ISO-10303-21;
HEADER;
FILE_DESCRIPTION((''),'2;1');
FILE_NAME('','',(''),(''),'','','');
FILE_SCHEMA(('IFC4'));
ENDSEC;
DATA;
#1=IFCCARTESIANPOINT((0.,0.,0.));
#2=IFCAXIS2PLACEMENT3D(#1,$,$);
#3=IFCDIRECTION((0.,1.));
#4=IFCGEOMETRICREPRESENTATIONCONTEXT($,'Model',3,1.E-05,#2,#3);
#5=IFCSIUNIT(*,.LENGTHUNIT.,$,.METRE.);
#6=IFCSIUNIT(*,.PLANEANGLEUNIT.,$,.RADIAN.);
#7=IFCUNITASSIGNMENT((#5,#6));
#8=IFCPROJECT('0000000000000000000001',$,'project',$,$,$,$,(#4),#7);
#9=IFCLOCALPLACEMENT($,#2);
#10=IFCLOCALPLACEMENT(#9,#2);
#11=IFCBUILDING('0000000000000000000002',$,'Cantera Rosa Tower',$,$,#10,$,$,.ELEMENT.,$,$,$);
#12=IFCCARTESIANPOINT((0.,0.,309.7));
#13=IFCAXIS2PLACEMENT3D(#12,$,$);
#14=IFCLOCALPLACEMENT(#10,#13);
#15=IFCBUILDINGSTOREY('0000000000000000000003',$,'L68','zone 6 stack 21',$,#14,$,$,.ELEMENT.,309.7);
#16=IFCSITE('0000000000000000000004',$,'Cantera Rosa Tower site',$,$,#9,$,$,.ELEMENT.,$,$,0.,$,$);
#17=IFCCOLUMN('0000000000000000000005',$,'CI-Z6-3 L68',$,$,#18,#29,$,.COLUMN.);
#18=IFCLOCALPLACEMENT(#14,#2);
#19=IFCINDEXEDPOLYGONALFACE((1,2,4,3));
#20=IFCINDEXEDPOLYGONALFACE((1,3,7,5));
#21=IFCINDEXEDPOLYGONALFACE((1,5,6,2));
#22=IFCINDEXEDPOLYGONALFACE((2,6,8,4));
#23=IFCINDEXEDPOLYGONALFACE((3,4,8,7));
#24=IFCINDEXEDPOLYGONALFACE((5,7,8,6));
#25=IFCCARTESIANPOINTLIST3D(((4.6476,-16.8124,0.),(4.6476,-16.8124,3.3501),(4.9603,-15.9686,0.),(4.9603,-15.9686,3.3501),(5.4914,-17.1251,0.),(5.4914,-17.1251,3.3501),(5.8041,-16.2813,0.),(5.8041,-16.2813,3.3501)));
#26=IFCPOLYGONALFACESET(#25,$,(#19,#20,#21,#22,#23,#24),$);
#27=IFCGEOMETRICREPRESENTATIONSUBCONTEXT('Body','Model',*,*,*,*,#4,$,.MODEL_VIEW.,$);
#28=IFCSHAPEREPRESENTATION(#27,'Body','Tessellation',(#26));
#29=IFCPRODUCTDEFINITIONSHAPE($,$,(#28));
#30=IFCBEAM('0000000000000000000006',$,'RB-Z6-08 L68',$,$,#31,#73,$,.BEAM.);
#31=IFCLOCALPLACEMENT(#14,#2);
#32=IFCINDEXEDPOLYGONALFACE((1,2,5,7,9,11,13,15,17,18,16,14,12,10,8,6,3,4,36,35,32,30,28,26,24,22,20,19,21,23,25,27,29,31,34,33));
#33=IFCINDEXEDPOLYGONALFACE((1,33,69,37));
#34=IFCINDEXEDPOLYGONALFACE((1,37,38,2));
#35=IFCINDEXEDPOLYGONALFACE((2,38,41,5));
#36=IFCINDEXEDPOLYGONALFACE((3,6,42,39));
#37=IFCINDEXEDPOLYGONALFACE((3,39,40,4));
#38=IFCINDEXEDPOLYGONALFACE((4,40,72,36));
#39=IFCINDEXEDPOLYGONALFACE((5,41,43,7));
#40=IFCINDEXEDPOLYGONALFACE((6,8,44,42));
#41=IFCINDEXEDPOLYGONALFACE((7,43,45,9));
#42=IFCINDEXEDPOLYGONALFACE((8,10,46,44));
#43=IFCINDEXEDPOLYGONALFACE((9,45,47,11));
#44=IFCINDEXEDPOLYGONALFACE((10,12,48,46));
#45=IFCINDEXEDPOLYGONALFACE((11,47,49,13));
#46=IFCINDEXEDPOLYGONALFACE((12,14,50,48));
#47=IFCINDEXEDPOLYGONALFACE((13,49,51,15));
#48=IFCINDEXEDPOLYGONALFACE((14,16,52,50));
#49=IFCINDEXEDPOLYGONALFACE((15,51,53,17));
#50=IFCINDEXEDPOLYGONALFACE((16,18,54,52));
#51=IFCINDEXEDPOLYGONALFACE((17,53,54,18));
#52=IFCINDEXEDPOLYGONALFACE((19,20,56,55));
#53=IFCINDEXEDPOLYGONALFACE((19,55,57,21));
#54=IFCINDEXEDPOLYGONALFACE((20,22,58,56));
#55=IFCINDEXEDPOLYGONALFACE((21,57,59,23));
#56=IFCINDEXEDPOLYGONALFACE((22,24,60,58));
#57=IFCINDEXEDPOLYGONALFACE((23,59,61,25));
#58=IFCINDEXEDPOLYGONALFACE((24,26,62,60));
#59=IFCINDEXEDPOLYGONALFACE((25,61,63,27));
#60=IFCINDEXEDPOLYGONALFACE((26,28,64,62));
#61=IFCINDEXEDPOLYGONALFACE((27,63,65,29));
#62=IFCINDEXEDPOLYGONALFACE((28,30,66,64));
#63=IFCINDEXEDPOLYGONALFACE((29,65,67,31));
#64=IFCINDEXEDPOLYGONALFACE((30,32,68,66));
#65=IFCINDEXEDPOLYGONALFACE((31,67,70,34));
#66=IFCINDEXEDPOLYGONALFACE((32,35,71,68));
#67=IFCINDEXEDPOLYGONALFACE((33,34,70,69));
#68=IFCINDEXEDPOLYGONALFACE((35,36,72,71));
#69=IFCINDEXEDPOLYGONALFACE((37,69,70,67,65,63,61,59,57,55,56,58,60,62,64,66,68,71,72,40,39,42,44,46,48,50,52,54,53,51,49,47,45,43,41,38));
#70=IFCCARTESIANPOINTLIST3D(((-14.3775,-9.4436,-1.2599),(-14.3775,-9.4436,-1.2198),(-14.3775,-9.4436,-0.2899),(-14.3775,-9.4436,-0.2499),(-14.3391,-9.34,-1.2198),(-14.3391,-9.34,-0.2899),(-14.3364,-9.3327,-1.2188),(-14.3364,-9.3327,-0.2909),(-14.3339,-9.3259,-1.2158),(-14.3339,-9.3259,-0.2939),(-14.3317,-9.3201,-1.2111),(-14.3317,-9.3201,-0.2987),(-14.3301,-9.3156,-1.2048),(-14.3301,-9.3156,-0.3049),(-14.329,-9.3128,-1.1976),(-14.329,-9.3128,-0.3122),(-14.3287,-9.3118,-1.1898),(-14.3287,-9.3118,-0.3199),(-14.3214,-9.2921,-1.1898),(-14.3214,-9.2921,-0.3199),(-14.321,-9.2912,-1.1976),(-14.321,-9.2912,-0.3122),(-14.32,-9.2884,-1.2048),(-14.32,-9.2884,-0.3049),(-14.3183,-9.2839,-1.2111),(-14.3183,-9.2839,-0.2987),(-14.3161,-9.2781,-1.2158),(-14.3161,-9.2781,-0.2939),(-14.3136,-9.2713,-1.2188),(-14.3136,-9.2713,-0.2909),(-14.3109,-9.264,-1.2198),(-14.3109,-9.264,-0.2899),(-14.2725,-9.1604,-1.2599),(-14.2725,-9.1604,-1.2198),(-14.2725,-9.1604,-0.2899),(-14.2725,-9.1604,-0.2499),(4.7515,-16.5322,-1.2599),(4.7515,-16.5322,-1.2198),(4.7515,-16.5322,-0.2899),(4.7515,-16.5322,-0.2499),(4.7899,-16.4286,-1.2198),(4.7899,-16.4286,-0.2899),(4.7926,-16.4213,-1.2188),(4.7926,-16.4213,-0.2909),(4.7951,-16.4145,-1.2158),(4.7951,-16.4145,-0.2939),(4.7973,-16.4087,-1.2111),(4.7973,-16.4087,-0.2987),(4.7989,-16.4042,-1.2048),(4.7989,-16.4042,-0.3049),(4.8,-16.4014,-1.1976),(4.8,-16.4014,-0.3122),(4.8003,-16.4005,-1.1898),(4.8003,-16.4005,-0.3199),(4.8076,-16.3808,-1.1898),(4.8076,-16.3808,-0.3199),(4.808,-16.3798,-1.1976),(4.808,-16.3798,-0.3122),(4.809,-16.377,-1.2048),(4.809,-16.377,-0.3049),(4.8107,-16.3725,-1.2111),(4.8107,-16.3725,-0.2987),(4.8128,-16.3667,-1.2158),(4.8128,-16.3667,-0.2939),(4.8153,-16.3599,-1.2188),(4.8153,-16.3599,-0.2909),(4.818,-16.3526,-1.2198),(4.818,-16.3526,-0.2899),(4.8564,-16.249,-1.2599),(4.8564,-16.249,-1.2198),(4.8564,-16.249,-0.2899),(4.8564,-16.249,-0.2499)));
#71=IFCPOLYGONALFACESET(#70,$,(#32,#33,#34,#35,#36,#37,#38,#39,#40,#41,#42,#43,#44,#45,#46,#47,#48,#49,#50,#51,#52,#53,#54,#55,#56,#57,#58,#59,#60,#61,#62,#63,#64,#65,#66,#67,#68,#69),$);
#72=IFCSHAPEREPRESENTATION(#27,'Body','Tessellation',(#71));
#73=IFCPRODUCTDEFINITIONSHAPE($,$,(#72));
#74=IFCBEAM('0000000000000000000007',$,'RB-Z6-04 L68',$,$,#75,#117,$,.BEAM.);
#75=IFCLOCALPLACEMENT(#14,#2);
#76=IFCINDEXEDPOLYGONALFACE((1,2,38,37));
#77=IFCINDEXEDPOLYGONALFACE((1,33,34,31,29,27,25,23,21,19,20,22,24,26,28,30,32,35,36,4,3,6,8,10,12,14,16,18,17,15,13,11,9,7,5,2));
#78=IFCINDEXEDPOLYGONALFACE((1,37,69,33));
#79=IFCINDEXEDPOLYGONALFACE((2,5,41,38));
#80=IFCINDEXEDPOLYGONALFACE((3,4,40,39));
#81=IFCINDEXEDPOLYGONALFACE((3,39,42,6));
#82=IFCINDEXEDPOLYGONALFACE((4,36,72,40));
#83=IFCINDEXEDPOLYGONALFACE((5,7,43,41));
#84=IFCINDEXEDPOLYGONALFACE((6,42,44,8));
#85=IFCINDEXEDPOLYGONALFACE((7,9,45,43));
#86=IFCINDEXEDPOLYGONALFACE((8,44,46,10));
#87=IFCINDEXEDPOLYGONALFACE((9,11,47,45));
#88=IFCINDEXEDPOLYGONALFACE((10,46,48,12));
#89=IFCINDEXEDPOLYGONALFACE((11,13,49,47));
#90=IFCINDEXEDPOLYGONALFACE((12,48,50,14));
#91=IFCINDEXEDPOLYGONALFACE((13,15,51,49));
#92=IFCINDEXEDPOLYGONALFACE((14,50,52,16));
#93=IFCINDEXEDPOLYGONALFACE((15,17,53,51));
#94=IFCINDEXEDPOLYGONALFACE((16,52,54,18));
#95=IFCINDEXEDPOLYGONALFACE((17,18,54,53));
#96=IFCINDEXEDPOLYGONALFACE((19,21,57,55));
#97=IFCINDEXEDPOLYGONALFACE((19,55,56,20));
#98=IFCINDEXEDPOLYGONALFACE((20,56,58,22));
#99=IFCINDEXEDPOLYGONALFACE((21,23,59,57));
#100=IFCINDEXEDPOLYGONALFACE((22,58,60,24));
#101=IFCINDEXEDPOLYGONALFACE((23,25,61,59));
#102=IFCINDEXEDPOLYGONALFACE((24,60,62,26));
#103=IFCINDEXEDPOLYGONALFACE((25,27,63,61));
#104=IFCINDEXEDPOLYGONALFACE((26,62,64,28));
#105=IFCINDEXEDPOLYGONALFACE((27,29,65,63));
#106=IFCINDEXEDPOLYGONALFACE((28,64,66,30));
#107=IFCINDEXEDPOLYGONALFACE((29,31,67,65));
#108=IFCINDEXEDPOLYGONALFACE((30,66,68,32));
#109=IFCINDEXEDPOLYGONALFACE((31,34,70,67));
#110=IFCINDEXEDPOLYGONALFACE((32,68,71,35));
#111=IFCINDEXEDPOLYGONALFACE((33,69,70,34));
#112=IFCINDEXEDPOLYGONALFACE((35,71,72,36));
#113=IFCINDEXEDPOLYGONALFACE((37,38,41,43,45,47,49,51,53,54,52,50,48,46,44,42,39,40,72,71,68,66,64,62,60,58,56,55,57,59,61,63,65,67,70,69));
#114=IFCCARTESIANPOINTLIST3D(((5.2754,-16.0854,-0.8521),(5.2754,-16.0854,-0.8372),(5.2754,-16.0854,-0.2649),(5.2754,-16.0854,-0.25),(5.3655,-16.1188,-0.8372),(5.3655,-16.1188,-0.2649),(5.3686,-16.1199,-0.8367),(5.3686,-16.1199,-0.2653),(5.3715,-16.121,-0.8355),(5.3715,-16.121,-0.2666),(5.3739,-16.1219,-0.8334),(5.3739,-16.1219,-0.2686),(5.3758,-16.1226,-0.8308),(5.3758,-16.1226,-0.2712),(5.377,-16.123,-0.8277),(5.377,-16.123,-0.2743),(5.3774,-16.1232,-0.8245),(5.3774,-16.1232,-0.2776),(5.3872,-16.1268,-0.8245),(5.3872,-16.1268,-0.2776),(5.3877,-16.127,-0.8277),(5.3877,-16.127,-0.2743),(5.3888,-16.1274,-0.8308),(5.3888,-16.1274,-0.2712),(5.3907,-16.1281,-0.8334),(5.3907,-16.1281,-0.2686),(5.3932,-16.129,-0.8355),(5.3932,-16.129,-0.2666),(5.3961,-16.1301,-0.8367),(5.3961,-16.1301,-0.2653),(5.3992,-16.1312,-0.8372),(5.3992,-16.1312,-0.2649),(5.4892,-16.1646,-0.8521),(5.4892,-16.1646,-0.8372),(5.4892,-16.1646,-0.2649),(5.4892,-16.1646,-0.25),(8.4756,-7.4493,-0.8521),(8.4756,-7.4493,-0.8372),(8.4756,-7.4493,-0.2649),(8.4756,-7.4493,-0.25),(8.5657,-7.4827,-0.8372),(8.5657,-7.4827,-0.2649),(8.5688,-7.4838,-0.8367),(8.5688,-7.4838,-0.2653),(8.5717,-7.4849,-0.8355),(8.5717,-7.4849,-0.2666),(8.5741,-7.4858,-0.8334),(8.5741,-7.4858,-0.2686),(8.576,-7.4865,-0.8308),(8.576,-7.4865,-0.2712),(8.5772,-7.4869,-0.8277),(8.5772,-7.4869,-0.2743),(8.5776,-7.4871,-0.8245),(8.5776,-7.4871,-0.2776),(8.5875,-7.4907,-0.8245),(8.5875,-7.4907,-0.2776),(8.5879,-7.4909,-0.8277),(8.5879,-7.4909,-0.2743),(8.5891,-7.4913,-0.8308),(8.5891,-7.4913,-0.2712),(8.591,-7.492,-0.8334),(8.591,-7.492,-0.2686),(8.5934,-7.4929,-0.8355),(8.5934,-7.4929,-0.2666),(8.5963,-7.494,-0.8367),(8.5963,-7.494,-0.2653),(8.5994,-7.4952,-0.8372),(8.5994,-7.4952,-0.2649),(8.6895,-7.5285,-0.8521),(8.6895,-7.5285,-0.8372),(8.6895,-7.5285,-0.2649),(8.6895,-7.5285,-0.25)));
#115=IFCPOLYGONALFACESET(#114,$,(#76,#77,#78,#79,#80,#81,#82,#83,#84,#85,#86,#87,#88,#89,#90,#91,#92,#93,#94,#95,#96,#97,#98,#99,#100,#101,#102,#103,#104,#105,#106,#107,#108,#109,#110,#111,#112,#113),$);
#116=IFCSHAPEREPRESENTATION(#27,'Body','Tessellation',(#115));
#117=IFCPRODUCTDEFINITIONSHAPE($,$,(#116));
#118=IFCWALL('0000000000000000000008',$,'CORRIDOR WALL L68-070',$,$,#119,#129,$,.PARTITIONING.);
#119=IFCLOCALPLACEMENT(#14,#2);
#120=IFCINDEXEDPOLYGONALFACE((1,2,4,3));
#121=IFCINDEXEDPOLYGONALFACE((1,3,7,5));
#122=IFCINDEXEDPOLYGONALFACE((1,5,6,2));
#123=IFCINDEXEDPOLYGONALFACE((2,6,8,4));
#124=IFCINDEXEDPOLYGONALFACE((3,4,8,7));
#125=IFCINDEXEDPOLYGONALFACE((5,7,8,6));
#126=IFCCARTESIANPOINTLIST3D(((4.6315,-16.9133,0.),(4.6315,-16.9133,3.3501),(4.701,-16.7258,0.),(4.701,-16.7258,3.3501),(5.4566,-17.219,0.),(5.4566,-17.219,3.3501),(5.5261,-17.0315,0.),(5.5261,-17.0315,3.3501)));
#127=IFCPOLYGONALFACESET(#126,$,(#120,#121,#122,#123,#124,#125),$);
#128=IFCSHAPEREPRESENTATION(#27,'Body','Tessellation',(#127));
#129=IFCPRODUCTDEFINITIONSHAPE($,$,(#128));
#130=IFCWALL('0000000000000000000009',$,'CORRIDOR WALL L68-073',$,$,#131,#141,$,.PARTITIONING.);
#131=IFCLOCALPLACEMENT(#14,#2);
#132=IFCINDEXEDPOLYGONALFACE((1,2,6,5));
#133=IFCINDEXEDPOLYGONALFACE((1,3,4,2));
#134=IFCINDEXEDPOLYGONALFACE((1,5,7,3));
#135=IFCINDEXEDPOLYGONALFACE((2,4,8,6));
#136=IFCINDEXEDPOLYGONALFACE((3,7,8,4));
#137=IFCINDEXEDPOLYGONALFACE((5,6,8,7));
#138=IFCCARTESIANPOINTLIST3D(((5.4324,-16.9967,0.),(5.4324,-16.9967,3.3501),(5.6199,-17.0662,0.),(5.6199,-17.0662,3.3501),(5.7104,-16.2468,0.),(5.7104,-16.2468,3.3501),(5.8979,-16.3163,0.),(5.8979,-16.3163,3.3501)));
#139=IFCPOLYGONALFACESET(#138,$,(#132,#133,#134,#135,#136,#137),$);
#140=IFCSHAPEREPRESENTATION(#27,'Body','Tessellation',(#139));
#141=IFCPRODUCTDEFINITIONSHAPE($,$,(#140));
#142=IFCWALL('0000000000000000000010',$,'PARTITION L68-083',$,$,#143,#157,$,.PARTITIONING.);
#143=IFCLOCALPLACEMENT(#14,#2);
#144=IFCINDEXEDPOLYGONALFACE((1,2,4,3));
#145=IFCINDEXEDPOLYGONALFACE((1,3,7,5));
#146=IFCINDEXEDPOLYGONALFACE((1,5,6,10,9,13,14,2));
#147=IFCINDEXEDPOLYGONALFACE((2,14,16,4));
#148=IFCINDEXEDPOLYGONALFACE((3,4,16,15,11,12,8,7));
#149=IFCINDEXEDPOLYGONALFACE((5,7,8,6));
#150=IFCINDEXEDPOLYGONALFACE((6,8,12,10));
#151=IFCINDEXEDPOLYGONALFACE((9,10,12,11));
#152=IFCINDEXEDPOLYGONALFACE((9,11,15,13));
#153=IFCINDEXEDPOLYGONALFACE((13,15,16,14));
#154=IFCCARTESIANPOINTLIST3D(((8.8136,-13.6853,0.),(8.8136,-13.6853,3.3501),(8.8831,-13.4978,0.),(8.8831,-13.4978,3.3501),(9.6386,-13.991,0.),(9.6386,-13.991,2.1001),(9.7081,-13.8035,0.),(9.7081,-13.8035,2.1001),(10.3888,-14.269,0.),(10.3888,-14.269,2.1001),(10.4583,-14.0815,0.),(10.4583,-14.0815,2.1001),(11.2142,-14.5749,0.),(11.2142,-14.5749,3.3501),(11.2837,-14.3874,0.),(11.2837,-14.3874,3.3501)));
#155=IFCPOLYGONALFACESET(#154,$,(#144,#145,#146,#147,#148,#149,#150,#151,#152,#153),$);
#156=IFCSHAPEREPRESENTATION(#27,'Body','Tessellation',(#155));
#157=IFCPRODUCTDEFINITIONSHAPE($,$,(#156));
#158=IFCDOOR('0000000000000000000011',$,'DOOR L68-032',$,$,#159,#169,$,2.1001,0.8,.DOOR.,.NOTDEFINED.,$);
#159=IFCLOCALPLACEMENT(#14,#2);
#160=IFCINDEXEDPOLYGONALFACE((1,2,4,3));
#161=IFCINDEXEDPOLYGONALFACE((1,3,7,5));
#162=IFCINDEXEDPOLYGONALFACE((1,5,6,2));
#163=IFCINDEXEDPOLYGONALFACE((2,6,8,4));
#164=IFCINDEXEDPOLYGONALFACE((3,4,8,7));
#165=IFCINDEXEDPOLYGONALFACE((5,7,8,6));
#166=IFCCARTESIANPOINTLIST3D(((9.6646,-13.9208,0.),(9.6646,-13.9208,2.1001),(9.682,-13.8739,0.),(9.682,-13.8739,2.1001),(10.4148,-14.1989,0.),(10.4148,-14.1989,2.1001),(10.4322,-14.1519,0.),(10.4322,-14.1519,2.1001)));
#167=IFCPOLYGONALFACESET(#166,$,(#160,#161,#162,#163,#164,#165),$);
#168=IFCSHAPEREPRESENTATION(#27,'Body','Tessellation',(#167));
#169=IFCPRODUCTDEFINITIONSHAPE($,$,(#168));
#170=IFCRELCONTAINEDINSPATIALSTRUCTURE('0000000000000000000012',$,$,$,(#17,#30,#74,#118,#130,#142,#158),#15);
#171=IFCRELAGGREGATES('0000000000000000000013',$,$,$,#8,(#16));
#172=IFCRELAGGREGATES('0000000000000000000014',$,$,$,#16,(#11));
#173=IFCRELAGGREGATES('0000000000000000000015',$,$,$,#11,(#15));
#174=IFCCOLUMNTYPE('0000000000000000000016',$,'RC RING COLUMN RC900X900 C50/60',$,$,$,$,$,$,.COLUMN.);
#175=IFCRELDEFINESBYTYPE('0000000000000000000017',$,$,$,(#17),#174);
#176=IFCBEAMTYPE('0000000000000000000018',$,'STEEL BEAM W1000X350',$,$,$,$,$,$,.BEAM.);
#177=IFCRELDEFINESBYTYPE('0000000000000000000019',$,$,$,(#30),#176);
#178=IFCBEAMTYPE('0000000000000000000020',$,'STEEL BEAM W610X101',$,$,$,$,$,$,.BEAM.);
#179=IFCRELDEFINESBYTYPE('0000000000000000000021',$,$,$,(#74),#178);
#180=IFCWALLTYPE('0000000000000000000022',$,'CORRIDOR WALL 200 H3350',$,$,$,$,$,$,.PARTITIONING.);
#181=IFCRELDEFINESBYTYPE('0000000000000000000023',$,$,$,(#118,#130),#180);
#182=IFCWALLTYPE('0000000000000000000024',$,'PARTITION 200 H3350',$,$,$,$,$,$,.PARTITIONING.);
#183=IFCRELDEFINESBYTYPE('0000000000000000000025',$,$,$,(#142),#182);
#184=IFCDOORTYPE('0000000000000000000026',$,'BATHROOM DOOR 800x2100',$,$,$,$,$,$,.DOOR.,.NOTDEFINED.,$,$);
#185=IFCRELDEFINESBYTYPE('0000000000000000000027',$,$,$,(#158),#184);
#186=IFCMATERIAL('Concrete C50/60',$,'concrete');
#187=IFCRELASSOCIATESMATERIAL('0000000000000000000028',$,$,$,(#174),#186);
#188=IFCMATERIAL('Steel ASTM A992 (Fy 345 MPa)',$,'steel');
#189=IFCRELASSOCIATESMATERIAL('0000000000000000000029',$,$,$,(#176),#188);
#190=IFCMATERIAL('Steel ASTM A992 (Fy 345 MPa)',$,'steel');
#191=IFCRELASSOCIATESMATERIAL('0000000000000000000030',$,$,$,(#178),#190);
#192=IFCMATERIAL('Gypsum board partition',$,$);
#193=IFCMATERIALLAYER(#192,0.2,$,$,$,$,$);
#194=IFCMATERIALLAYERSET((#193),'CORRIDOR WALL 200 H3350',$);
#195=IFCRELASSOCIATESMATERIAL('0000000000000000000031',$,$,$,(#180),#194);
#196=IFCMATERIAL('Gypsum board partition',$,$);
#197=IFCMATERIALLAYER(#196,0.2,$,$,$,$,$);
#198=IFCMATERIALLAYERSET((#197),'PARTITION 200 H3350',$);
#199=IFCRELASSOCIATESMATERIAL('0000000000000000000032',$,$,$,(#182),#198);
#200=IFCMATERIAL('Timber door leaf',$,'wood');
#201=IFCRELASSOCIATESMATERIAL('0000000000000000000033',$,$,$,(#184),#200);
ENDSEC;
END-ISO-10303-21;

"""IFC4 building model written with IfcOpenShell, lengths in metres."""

from ifc_helpers import new_model, si_unit, direction, frame, frame_2d, origin, origin_2d, place, context, subcontext, project, spatial, rectangle, i_section, extrude, material, layer, layer_set, material_profile, profile_set, type_object, element, fill, save


model = new_model("IFC4")

# Units and contexts
model_context = context("Model", 3, precision=1e-05, world=origin(), true_north=direction((0.0, 1.0)))
body_context = subcontext(model_context, "Body", "Model", "MODEL_VIEW")
ifc_project = project(units=[si_unit("LENGTHUNIT", "METRE"), si_unit("PLANEANGLEUNIT", "RADIAN")], contexts=[model_context])

# Site, building, storey
site_placement = place(None, origin())
site = spatial("IfcSite", under=ifc_project, at=site_placement, Name="Cantera Rosa Tower site", CompositionType="ELEMENT", RefElevation=0.0)
building_placement = place(site_placement, origin())
building = spatial("IfcBuilding", under=site, at=building_placement, Name="Cantera Rosa Tower", CompositionType="ELEMENT")
storey_placement = place(building_placement, frame((0.0, 0.0, 309.7)))
storey = spatial("IfcBuildingStorey", under=building, at=storey_placement, Name="L68", Description="zone 6 stack 21", CompositionType="ELEMENT", Elevation=309.7)

# Column
ifc_material_1 = material(Name="Concrete C50/60", Category="concrete")
ifc_material_profile_1 = material_profile(ifc_material_1, rectangle(XDim=0.8999, YDim=0.8999, at=origin_2d()), Name="RC RING COLUMN RC900X900 C50/60")
ifc_profile_set_1 = profile_set([ifc_material_profile_1], Name="Concrete C50/60")
column_type = type_object("IfcColumnType", Name="RC RING COLUMN RC900X900 C50/60", PredefinedType="COLUMN", material=ifc_profile_set_1)
column_placement = place(storey_placement, frame((5.2258, -16.5469, 0.0), z_axis=(0.0, 0.0, 1.0), x_axis=(0.347481, 0.937687, 0.0)))
element("IfcColumn", 1, at=column_placement, inside=storey, type_object=column_type, Name="CI-Z6-3 L68", PredefinedType="COLUMN", context=body_context, shape_type="SweptSolid", body=[
    extrude(rectangle(XDim=0.8999, YDim=0.8999, at=origin_2d()), origin(), (0.0, 0.0, 1.0), 3.3501),
])

# Beams
ifc_material_2 = material(Name="Steel ASTM A992 (Fy 345 MPa)", Category="steel")
ifc_material_profile_2 = material_profile(ifc_material_2, i_section(OverallWidth=0.302, OverallDepth=1.01, WebThickness=0.021, FlangeThickness=0.04, FilletRadius=0.03, at=origin_2d()), Name="W1000X350")
ifc_profile_set_2 = profile_set([ifc_material_profile_2], Name="Steel ASTM A992 (Fy 345 MPa)")
beam_type_1 = type_object("IfcBeamType", Name="STEEL BEAM W1000X350", PredefinedType="BEAM", material=ifc_profile_set_2)
beam_1_placement = place(storey_placement, frame((4.804, -16.3906, -0.7549), z_axis=(-0.937687, 0.34748, 0.0), x_axis=(-0.34748, -0.937687, 0.0)))
element("IfcBeam", 2, at=beam_1_placement, inside=storey, type_object=beam_type_1, Name="RB-Z6-08 L68", PredefinedType="BEAM", context=body_context, shape_type="SweptSolid", body=[
    extrude(i_section(OverallWidth=0.302, OverallDepth=1.01, WebThickness=0.021, FlangeThickness=0.04, FilletRadius=0.03, at=origin_2d()), origin(), (0.0, 0.0, 1.0), 20.4001),
])
ifc_material_3 = material(Name="Steel ASTM A992 (Fy 345 MPa)", Category="steel")
ifc_material_profile_3 = material_profile(ifc_material_3, i_section(OverallWidth=0.228, OverallDepth=0.6021, WebThickness=0.0105, FlangeThickness=0.0149, FilletRadius=0.0127, at=origin_2d()), Name="W610X101")
ifc_profile_set_3 = profile_set([ifc_material_profile_3], Name="Steel ASTM A992 (Fy 345 MPa)")
beam_type_2 = type_object("IfcBeamType", Name="STEEL BEAM W610X101", PredefinedType="BEAM", material=ifc_profile_set_3)
beam_2_placement = place(storey_placement, frame((5.3823, -16.125, -0.551), z_axis=(0.347475, 0.937689, 0.0), x_axis=(-0.937689, 0.347475, 0.0)))
element("IfcBeam", 3, at=beam_2_placement, inside=storey, type_object=beam_type_2, Name="RB-Z6-04 L68", PredefinedType="BEAM", context=body_context, shape_type="SweptSolid", body=[
    extrude(i_section(OverallWidth=0.228, OverallDepth=0.6021, WebThickness=0.0105, FlangeThickness=0.0149, FilletRadius=0.0127, at=origin_2d()), origin(), (0.0, 0.0, 1.0), 9.21),
])

# Walls
ifc_material_4 = material(Name="Gypsum board partition")
ifc_layer_1 = layer(ifc_material_4, 0.2)
ifc_layer_set_1 = layer_set([ifc_layer_1], Name="CORRIDOR WALL 200 H3350")
wall_type_1 = type_object("IfcWallType", Name="CORRIDOR WALL 200 H3350", PredefinedType="PARTITIONING", material=ifc_layer_set_1)
wall_1_placement = place(storey_placement, frame((4.6663, -16.8196, 0.0), z_axis=(0.0, 0.0, 1.0), x_axis=(0.937735, -0.34735, 0.0)))
element("IfcWall", 4, at=wall_1_placement, inside=storey, type_object=wall_type_1, Name="CORRIDOR WALL L68-070", PredefinedType="PARTITIONING", context=body_context, shape_type="SweptSolid", body=[
    extrude(rectangle(XDim=0.8799, YDim=0.2, at=frame_2d((0.4399, 0.0))), origin(), (0.0, 0.0, 1.0), 3.3501),
])
wall_2_placement = place(storey_placement, frame((5.5261, -17.0315, 0.0), z_axis=(0.0, 0.0, 1.0), x_axis=(0.347642, 0.937627, 0.0)))
element("IfcWall", 5, at=wall_2_placement, inside=storey, type_object=wall_type_1, Name="CORRIDOR WALL L68-073", PredefinedType="PARTITIONING", context=body_context, shape_type="SweptSolid", body=[
    extrude(rectangle(XDim=0.7998, YDim=0.2, at=frame_2d((0.3999, 0.0))), origin(), (0.0, 0.0, 1.0), 3.3501),
])

# Wall, opening, door
ifc_material_5 = material(Name="Gypsum board partition")
ifc_layer_2 = layer(ifc_material_5, 0.2)
ifc_layer_set_2 = layer_set([ifc_layer_2], Name="PARTITION 200 H3350")
wall_type_2 = type_object("IfcWallType", Name="PARTITION 200 H3350", PredefinedType="PARTITIONING", material=ifc_layer_set_2)
wall_3_placement = place(storey_placement, frame((8.8484, -13.5916, 0.0), z_axis=(0.0, 0.0, 1.0), x_axis=(0.937682, -0.347494, 0.0)))
wall_3 = element("IfcWall", 6, at=wall_3_placement, inside=storey, type_object=wall_type_2, Name="PARTITION L68-083", PredefinedType="PARTITIONING", context=body_context, shape_type="SweptSolid", body=[
    extrude(rectangle(XDim=2.5601, YDim=0.2, at=frame_2d((1.28, 0.0))), origin(), (0.0, 0.0, 1.0), 3.3501),
])
opening_1_placement = place(wall_3_placement, frame((0.8799, 0.0, 0.0)))
opening_1 = element("IfcOpeningElement", 7, at=opening_1_placement, cuts=wall_3, PredefinedType="OPENING", context=body_context, shape_type="SweptSolid", body=[
    extrude(rectangle(XDim=0.8, YDim=2.1001, at=frame_2d((0.3999, 1.05))), frame((0.0, 0.1099, 0.0), z_axis=(0.0, -1.0, 0.0), x_axis=(1.0, 0.0, 0.0)), (0.0, 0.0, 1.0), 0.22),
])
ifc_material_6 = material(Name="Timber door leaf", Category="wood")
door_type_1 = type_object("IfcDoorType", Name="BATHROOM DOOR 800x2100", OperationType="NOTDEFINED", PredefinedType="DOOR", material=ifc_material_6)
door_1_placement = place(opening_1_placement, origin())
door_1 = element("IfcDoor", 8, at=door_1_placement, inside=storey, type_object=door_type_1, Name="DOOR L68-032", OperationType="NOTDEFINED", OverallHeight=2.1001, OverallWidth=0.8, PredefinedType="DOOR", context=body_context, shape_type="SweptSolid", body=[
    extrude(rectangle(XDim=0.8, YDim=2.1001, at=frame_2d((0.3999, 1.05))), frame((0.0, 0.0249, 0.0), z_axis=(0.0, -1.0, 0.0), x_axis=(1.0, 0.0, 0.0)), (0.0, 0.0, 1.0), 0.05),
])
fill(opening_1, door_1)

save(model, "model.ifc")
